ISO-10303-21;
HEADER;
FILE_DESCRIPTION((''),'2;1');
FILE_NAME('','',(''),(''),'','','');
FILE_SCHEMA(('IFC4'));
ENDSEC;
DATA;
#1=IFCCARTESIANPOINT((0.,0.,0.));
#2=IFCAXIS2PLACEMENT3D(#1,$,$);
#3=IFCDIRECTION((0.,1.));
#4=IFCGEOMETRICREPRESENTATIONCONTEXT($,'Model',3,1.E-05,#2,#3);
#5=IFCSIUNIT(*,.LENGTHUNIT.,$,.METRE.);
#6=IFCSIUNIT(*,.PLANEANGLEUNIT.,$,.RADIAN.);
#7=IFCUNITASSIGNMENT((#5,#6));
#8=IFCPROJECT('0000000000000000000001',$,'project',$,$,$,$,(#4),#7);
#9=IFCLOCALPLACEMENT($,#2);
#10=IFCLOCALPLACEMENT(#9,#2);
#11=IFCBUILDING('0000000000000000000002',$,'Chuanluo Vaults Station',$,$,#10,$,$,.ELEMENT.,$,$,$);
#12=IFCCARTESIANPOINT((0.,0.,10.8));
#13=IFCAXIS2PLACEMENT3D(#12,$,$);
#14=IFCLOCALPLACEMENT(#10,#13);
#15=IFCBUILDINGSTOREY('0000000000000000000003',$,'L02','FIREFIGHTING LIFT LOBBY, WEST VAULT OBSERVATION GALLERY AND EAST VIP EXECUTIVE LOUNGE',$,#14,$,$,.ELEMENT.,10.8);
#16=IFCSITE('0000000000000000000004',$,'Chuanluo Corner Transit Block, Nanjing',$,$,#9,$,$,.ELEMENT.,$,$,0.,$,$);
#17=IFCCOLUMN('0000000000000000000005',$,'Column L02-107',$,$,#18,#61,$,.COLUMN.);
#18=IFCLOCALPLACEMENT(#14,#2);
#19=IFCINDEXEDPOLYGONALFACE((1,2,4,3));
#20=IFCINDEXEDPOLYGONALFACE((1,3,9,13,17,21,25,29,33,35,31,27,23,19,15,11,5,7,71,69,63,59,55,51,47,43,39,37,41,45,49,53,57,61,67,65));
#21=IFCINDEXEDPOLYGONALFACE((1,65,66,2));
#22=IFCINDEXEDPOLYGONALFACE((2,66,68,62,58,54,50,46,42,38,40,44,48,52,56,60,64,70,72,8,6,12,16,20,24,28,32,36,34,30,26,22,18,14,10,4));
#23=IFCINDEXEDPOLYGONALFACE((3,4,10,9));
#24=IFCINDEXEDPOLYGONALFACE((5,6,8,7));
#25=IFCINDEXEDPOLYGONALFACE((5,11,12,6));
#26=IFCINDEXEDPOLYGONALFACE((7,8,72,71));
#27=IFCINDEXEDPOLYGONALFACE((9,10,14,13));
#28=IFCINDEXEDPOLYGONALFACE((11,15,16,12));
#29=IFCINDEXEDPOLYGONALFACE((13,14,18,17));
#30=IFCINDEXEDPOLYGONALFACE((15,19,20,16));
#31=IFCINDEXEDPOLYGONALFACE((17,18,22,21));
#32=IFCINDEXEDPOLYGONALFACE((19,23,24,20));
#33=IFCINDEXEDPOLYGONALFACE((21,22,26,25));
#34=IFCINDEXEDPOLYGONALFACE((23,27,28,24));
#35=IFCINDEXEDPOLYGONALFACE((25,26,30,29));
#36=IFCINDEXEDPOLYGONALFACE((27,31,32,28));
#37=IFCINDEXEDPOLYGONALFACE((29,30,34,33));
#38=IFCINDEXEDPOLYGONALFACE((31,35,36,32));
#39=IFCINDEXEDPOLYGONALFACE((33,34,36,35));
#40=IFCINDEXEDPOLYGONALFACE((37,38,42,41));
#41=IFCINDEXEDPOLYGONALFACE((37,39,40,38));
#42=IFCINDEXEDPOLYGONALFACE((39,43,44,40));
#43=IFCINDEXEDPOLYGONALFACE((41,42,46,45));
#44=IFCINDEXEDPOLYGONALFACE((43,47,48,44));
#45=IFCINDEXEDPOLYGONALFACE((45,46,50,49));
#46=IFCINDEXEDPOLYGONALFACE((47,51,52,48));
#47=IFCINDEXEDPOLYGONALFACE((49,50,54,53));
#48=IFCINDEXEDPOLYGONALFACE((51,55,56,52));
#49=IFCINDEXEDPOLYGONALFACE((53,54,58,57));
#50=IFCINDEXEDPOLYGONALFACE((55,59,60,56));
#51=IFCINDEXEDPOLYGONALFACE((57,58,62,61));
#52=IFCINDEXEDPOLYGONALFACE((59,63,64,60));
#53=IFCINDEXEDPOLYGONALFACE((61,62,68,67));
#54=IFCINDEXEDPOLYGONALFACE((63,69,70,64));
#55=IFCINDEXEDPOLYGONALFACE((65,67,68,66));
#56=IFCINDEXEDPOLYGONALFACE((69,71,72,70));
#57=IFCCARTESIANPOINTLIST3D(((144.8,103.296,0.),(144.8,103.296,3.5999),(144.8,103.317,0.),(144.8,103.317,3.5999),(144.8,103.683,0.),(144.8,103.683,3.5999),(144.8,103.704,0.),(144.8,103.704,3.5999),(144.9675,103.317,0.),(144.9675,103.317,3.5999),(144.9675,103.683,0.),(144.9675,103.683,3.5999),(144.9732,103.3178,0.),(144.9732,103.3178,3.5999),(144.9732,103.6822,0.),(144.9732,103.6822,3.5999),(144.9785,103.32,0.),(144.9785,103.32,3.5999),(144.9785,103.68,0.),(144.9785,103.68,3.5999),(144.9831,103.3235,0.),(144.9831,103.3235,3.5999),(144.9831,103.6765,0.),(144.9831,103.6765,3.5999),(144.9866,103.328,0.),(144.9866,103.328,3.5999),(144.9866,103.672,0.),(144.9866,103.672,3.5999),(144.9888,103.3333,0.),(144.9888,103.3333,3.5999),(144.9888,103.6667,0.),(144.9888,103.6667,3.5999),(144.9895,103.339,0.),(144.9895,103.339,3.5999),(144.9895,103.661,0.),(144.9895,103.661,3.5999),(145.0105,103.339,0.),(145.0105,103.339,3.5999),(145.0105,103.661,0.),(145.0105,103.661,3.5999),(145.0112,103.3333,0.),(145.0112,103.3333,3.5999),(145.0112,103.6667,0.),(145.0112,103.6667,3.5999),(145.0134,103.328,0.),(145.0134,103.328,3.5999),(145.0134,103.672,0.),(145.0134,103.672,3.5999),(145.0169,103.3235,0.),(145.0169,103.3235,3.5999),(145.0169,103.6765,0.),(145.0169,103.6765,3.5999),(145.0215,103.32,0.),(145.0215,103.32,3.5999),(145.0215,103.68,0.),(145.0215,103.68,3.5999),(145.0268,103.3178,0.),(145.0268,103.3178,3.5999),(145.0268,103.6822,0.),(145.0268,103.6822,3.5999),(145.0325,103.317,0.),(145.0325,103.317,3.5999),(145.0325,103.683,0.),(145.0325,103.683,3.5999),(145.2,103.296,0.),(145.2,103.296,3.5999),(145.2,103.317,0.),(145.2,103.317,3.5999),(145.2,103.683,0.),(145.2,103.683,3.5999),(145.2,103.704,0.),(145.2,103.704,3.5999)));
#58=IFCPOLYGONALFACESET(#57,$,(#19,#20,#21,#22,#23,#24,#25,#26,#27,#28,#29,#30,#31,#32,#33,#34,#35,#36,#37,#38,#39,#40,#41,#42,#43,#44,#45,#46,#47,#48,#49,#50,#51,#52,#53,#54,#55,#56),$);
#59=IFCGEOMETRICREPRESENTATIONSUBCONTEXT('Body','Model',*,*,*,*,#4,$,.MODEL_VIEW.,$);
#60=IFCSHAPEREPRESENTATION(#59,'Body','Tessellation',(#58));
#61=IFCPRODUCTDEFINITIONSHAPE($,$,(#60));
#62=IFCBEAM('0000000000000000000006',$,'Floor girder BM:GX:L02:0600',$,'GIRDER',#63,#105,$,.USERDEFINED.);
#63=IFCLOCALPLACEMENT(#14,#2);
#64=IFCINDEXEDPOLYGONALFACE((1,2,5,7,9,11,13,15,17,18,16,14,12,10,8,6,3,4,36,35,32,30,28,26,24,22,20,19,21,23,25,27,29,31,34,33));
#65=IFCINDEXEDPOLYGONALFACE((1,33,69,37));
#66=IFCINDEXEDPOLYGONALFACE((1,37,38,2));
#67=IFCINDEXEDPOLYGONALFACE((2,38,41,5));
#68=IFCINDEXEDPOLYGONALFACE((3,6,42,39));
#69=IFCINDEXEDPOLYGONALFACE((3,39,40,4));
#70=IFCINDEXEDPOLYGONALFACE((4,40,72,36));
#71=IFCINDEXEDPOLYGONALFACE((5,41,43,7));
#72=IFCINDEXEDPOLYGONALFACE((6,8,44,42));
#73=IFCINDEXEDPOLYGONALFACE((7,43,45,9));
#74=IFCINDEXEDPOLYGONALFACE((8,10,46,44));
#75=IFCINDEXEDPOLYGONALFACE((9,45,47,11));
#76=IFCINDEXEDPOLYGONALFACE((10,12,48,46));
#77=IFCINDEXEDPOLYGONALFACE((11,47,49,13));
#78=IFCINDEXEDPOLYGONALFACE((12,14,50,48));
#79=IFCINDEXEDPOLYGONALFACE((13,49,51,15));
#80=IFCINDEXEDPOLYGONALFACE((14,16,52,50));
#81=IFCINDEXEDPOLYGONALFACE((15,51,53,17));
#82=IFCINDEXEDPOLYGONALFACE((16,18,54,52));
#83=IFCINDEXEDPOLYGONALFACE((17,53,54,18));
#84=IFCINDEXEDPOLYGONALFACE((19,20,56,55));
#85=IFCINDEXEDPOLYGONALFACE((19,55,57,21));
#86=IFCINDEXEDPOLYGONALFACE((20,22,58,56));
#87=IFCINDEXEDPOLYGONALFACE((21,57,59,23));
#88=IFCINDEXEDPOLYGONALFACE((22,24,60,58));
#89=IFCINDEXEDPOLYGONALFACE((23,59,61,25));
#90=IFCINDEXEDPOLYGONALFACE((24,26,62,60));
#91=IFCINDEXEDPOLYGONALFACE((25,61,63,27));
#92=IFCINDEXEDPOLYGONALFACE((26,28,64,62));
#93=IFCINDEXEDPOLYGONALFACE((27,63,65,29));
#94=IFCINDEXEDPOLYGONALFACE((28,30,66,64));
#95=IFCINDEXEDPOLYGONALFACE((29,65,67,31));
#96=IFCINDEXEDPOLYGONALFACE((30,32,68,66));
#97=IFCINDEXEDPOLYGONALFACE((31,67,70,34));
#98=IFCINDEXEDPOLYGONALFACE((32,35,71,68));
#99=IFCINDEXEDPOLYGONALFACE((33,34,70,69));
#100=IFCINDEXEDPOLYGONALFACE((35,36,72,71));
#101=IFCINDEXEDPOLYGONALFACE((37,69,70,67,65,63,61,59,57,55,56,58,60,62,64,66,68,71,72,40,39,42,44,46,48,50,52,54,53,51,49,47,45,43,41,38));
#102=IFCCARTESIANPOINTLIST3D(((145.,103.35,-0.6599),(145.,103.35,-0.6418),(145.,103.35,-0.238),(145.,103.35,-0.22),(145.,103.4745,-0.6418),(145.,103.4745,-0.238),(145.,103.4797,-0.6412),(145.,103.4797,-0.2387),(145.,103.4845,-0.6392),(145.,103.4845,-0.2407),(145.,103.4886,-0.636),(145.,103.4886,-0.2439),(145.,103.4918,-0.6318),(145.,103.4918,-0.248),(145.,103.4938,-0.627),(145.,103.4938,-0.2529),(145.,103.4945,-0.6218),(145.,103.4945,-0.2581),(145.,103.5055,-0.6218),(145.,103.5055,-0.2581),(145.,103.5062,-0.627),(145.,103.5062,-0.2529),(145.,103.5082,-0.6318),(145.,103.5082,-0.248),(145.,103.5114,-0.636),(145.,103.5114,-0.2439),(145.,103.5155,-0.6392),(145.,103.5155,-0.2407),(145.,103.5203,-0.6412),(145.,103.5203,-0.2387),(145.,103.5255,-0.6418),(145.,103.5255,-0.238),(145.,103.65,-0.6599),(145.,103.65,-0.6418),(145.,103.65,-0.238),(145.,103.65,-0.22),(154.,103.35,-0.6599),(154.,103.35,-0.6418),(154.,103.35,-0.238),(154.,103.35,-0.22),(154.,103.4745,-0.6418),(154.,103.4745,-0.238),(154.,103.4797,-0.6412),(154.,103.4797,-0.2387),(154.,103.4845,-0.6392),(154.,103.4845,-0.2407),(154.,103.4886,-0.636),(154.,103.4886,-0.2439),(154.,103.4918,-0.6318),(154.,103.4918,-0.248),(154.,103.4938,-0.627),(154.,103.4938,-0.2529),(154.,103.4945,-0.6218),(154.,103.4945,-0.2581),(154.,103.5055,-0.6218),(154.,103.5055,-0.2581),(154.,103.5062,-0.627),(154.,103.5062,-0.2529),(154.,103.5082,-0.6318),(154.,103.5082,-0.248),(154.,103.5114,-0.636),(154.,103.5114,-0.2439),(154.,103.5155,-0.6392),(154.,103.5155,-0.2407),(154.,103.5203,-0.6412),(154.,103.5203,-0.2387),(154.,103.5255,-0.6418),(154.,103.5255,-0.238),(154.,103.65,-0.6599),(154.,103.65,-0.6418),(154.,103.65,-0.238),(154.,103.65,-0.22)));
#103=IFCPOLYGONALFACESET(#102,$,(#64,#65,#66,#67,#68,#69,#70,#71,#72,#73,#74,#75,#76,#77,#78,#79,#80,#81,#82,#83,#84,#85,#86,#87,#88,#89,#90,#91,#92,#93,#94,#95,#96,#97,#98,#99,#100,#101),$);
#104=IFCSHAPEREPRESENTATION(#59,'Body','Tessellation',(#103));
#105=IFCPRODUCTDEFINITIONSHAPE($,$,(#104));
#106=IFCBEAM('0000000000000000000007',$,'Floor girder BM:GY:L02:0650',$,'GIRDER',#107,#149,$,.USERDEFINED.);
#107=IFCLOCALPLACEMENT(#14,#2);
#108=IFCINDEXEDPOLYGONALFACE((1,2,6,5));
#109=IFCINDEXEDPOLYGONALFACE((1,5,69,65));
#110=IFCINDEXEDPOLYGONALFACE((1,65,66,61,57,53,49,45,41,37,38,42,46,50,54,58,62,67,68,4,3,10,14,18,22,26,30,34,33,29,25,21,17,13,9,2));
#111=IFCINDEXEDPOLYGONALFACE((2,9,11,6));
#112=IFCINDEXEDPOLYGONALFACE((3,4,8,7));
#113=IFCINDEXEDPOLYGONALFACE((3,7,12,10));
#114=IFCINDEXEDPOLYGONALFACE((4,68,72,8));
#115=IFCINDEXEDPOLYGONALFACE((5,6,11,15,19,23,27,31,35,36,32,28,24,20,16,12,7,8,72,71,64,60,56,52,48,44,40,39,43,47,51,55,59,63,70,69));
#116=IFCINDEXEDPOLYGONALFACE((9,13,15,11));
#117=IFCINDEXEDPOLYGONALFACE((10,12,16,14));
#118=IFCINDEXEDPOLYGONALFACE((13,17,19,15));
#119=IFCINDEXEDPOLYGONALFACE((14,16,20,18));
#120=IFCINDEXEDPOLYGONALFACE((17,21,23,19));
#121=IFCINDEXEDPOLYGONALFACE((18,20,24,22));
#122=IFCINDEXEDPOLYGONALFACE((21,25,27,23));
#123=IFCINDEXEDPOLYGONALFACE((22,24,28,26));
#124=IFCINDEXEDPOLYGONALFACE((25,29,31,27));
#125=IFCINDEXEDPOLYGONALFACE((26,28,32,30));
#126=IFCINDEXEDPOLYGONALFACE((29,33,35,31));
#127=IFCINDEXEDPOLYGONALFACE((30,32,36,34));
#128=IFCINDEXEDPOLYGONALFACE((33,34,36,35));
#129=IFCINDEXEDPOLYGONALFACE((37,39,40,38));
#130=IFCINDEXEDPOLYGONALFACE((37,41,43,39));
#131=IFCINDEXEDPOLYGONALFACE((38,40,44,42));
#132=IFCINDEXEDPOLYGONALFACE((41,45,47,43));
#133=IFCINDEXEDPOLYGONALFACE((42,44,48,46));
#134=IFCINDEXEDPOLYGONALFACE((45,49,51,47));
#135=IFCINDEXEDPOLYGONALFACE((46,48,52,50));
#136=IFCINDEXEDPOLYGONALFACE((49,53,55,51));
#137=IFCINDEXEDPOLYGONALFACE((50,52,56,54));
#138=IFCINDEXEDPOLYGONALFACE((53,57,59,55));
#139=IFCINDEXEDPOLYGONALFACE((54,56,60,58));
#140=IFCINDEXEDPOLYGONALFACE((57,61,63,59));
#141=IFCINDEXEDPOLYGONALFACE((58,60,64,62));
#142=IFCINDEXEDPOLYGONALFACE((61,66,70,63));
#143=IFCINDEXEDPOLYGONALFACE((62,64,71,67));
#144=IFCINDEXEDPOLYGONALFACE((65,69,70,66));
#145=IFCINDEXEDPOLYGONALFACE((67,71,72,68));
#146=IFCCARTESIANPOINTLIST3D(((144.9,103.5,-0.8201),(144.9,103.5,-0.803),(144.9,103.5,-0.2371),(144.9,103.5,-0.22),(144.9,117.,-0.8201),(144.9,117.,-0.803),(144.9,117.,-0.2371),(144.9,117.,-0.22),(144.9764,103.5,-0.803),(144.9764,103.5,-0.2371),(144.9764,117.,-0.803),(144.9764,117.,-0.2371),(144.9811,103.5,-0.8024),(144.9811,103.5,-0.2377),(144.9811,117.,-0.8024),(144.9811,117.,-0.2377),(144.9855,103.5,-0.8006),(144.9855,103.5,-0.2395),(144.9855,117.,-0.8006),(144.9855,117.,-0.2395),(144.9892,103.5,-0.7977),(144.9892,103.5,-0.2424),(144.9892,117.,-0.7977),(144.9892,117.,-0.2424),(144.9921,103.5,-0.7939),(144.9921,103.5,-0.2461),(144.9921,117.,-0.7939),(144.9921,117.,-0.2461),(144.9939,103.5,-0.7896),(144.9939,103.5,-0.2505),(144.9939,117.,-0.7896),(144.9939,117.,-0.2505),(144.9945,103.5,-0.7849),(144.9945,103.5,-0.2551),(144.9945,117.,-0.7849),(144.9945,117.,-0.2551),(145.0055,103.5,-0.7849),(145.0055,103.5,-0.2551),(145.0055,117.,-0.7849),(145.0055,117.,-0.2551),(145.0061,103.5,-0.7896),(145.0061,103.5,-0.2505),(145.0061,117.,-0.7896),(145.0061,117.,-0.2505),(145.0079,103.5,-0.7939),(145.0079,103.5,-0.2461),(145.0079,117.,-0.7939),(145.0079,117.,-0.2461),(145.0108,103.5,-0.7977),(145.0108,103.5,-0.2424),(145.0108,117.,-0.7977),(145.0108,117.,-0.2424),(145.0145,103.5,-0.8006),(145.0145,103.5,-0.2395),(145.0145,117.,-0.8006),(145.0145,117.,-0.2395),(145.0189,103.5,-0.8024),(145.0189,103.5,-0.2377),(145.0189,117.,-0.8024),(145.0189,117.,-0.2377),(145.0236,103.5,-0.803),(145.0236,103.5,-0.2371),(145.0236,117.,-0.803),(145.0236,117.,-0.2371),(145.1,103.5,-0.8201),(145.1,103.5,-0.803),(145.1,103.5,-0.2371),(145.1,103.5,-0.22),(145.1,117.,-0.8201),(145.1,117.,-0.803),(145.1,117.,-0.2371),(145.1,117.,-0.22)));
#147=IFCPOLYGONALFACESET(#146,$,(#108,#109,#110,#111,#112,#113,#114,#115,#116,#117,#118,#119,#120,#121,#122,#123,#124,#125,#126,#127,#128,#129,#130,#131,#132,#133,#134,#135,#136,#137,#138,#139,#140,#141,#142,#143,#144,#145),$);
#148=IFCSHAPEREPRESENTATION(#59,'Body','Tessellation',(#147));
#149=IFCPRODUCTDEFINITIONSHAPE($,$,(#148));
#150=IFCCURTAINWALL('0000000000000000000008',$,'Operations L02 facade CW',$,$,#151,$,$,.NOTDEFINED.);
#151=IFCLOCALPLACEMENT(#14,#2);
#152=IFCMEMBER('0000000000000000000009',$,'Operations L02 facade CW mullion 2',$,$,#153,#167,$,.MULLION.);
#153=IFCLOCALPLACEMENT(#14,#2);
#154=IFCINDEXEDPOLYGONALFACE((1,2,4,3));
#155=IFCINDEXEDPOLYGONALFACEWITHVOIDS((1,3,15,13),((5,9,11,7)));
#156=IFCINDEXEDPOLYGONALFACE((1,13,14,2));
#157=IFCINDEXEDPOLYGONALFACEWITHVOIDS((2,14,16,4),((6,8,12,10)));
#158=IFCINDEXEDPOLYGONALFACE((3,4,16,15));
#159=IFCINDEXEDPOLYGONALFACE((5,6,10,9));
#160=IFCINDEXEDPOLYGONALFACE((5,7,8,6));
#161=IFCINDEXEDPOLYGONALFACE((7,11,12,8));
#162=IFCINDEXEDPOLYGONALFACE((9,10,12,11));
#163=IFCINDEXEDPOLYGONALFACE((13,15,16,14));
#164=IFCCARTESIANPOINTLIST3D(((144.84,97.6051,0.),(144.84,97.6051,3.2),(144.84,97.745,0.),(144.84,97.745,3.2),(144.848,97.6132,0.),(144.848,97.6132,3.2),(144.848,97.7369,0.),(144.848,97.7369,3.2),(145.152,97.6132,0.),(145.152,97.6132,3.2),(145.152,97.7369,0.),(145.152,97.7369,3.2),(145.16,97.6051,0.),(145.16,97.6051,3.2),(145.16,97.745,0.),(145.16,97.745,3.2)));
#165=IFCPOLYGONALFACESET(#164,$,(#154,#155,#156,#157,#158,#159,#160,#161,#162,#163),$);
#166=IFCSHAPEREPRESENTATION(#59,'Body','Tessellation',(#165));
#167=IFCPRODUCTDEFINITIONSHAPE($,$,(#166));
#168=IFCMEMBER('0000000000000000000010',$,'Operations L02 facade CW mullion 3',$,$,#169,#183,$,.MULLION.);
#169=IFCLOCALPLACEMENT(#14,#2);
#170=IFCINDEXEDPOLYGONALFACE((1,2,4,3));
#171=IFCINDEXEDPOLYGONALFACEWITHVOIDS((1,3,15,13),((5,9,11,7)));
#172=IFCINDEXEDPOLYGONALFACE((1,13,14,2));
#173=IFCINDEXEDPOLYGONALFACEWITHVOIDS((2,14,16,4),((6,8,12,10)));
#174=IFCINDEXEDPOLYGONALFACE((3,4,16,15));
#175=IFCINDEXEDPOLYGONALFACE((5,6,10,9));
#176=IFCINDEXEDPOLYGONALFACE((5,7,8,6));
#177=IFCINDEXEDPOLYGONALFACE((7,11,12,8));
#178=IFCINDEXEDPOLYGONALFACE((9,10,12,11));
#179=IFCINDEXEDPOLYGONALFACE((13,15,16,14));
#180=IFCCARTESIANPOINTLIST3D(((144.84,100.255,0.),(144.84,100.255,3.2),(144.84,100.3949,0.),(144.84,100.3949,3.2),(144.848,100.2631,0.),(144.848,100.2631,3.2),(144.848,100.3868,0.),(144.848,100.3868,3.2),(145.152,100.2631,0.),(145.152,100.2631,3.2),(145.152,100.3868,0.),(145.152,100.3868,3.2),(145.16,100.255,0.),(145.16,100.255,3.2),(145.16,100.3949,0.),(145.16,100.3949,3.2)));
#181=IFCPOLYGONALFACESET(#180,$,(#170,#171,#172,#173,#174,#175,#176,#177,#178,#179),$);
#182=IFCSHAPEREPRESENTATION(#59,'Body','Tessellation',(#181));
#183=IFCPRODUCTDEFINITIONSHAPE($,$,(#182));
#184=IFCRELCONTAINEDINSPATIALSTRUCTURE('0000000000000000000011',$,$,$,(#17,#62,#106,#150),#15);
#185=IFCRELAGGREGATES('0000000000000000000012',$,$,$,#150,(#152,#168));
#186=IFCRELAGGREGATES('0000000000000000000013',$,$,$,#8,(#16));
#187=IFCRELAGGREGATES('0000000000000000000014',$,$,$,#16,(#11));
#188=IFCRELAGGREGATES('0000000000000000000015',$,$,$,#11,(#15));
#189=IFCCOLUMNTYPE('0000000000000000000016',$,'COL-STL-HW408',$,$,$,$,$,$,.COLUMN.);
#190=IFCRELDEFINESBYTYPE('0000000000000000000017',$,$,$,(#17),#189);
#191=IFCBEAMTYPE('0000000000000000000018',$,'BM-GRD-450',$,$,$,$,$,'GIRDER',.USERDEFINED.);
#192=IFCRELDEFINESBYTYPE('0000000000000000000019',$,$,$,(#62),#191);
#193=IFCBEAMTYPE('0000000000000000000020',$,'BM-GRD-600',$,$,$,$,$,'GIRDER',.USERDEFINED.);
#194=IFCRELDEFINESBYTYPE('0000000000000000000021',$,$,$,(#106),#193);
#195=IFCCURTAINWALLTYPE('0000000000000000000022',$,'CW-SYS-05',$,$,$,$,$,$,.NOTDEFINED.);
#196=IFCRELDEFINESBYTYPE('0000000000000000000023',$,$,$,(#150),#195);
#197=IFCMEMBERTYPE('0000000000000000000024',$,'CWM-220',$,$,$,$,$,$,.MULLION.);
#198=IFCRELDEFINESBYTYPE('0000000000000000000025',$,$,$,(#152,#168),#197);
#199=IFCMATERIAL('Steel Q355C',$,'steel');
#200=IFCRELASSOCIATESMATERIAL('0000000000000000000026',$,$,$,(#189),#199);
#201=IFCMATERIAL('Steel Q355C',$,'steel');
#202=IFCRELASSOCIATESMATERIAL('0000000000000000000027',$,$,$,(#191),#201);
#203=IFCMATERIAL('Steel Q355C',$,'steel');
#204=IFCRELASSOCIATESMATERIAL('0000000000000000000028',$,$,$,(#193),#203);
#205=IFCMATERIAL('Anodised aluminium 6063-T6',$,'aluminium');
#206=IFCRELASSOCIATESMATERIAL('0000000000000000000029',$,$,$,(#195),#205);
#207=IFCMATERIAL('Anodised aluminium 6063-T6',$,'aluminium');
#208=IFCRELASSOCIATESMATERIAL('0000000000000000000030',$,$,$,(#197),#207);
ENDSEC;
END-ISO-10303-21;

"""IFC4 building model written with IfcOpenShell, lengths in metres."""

from ifc_helpers import new_model, si_unit, direction, frame, origin, origin_2d, place, context, subcontext, project, spatial, hollow_rectangle, i_section, extrude, material, material_profile, profile_set, type_object, element, aggregate, save


model = new_model("IFC4")

# Units and contexts
model_context = context("Model", 3, precision=1e-05, world=origin(), true_north=direction((0.0, 1.0)))
body_context = subcontext(model_context, "Body", "Model", "MODEL_VIEW")
ifc_project = project(units=[si_unit("LENGTHUNIT", "METRE"), si_unit("PLANEANGLEUNIT", "RADIAN")], contexts=[model_context])

# Site, building, storey
site_placement = place(None, origin())
site = spatial("IfcSite", under=ifc_project, at=site_placement, Name="Chuanluo Corner Transit Block, Nanjing", CompositionType="ELEMENT", RefElevation=0.0)
building_placement = place(site_placement, origin())
building = spatial("IfcBuilding", under=site, at=building_placement, Name="Chuanluo Vaults Station", CompositionType="ELEMENT")
storey_placement = place(building_placement, frame((0.0, 0.0, 10.8)))
storey = spatial("IfcBuildingStorey", under=building, at=storey_placement, Name="L02", Description="FIREFIGHTING LIFT LOBBY, WEST VAULT OBSERVATION GALLERY AND EAST VIP EXECUTIVE LOUNGE", CompositionType="ELEMENT", Elevation=10.8)

# Column
ifc_material_1 = material(Name="Steel Q355C", Category="steel")
ifc_material_profile_1 = material_profile(ifc_material_1, i_section(OverallWidth=0.3999, OverallDepth=0.408, WebThickness=0.021, FlangeThickness=0.021, FilletRadius=0.022, at=origin_2d()))
ifc_profile_set_1 = profile_set([ifc_material_profile_1], Name="Steel Q355C")
column_type = type_object("IfcColumnType", Name="COL-STL-HW408", PredefinedType="COLUMN", material=ifc_profile_set_1)
column_placement = place(storey_placement, frame((145.0, 103.5, 0.0), z_axis=(0.0, 0.0, 1.0), x_axis=(1.0, 0.0, 0.0)))
element("IfcColumn", 1, at=column_placement, inside=storey, type_object=column_type, Name="Column L02-107", PredefinedType="COLUMN", context=body_context, shape_type="SweptSolid", body=[
    extrude(i_section(OverallWidth=0.3999, OverallDepth=0.408, WebThickness=0.021, FlangeThickness=0.021, FilletRadius=0.022, at=origin_2d()), origin(), (0.0, 0.0, 1.0), 3.5999),
])

# Beams
ifc_material_2 = material(Name="Steel Q355C", Category="steel")
ifc_material_profile_2 = material_profile(ifc_material_2, i_section(OverallWidth=0.3, OverallDepth=0.4399, WebThickness=0.011, FlangeThickness=0.0181, FilletRadius=0.02, at=origin_2d()))
ifc_profile_set_2 = profile_set([ifc_material_profile_2], Name="Steel Q355C")
beam_type_1 = type_object("IfcBeamType", Name="BM-GRD-450", ElementType="GIRDER", PredefinedType="USERDEFINED", material=ifc_profile_set_2)
beam_1_placement = place(storey_placement, frame((145.0, 103.5, -0.4399), z_axis=(1.0, 0.0, 0.0), x_axis=(0.0, 1.0, 0.0)))
element("IfcBeam", 2, at=beam_1_placement, inside=storey, type_object=beam_type_1, Name="Floor girder BM:GX:L02:0600", ObjectType="GIRDER", PredefinedType="USERDEFINED", context=body_context, shape_type="SweptSolid", body=[
    extrude(i_section(OverallWidth=0.3, OverallDepth=0.4399, WebThickness=0.011, FlangeThickness=0.0181, FilletRadius=0.02, at=origin_2d()), origin(), (0.0, 0.0, 1.0), 9.0),
])
ifc_material_3 = material(Name="Steel Q355C", Category="steel")
ifc_material_profile_3 = material_profile(ifc_material_3, i_section(OverallWidth=0.2, OverallDepth=0.6001, WebThickness=0.011, FlangeThickness=0.0171, FilletRadius=0.0181, at=origin_2d()))
ifc_profile_set_3 = profile_set([ifc_material_profile_3], Name="Steel Q355C")
beam_type_2 = type_object("IfcBeamType", Name="BM-GRD-600", ElementType="GIRDER", PredefinedType="USERDEFINED", material=ifc_profile_set_3)
beam_2_placement = place(storey_placement, frame((145.0, 103.5, -0.52), z_axis=(0.0, 1.0, 0.0), x_axis=(-1.0, 0.0, 0.0)))
element("IfcBeam", 3, at=beam_2_placement, inside=storey, type_object=beam_type_2, Name="Floor girder BM:GY:L02:0650", ObjectType="GIRDER", PredefinedType="USERDEFINED", context=body_context, shape_type="SweptSolid", body=[
    extrude(i_section(OverallWidth=0.2, OverallDepth=0.6001, WebThickness=0.011, FlangeThickness=0.0171, FilletRadius=0.0181, at=origin_2d()), origin(), (0.0, 0.0, 1.0), 13.5),
])

# Curtain wall, members
ifc_material_4 = material(Name="Anodised aluminium 6063-T6", Category="aluminium")
curtain_wall_type = type_object("IfcCurtainWallType", Name="CW-SYS-05", PredefinedType="NOTDEFINED", material=ifc_material_4)
curtain_wall_placement = place(storey_placement, origin())
curtain_wall = element("IfcCurtainWall", 4, at=curtain_wall_placement, inside=storey, type_object=curtain_wall_type, Name="Operations L02 facade CW", PredefinedType="NOTDEFINED")
ifc_material_5 = material(Name="Anodised aluminium 6063-T6", Category="aluminium")
ifc_material_profile_4 = material_profile(ifc_material_5, hollow_rectangle(XDim=0.1399, YDim=0.3201, WallThickness=0.0081, at=origin_2d()))
ifc_profile_set_4 = profile_set([ifc_material_profile_4], Name="Anodised aluminium 6063-T6")
member_type_1 = type_object("IfcMemberType", Name="CWM-220", PredefinedType="MULLION", material=ifc_profile_set_4)
member_1_placement = place(storey_placement, frame((145.0, 97.675, 0.0), z_axis=(0.0, 0.0, 1.0), x_axis=(0.0, 1.0, 0.0)))
member_1 = element("IfcMember", 5, at=member_1_placement, type_object=member_type_1, Name="Operations L02 facade CW mullion 2", PredefinedType="MULLION", context=body_context, shape_type="SweptSolid", body=[
    extrude(hollow_rectangle(XDim=0.1399, YDim=0.3201, WallThickness=0.0081, at=origin_2d()), origin(), (0.0, 0.0, 1.0), 3.2),
])
member_2_placement = place(storey_placement, frame((145.0, 100.325, 0.0), z_axis=(0.0, 0.0, 1.0), x_axis=(0.0, 1.0, 0.0)))
member_2 = element("IfcMember", 6, at=member_2_placement, type_object=member_type_1, Name="Operations L02 facade CW mullion 3", PredefinedType="MULLION", context=body_context, shape_type="SweptSolid", body=[
    extrude(hollow_rectangle(XDim=0.1399, YDim=0.3201, WallThickness=0.0081, at=origin_2d()), origin(), (0.0, 0.0, 1.0), 3.2),
])
aggregate(curtain_wall, [member_1, member_2])

save(model, "model.ifc")
